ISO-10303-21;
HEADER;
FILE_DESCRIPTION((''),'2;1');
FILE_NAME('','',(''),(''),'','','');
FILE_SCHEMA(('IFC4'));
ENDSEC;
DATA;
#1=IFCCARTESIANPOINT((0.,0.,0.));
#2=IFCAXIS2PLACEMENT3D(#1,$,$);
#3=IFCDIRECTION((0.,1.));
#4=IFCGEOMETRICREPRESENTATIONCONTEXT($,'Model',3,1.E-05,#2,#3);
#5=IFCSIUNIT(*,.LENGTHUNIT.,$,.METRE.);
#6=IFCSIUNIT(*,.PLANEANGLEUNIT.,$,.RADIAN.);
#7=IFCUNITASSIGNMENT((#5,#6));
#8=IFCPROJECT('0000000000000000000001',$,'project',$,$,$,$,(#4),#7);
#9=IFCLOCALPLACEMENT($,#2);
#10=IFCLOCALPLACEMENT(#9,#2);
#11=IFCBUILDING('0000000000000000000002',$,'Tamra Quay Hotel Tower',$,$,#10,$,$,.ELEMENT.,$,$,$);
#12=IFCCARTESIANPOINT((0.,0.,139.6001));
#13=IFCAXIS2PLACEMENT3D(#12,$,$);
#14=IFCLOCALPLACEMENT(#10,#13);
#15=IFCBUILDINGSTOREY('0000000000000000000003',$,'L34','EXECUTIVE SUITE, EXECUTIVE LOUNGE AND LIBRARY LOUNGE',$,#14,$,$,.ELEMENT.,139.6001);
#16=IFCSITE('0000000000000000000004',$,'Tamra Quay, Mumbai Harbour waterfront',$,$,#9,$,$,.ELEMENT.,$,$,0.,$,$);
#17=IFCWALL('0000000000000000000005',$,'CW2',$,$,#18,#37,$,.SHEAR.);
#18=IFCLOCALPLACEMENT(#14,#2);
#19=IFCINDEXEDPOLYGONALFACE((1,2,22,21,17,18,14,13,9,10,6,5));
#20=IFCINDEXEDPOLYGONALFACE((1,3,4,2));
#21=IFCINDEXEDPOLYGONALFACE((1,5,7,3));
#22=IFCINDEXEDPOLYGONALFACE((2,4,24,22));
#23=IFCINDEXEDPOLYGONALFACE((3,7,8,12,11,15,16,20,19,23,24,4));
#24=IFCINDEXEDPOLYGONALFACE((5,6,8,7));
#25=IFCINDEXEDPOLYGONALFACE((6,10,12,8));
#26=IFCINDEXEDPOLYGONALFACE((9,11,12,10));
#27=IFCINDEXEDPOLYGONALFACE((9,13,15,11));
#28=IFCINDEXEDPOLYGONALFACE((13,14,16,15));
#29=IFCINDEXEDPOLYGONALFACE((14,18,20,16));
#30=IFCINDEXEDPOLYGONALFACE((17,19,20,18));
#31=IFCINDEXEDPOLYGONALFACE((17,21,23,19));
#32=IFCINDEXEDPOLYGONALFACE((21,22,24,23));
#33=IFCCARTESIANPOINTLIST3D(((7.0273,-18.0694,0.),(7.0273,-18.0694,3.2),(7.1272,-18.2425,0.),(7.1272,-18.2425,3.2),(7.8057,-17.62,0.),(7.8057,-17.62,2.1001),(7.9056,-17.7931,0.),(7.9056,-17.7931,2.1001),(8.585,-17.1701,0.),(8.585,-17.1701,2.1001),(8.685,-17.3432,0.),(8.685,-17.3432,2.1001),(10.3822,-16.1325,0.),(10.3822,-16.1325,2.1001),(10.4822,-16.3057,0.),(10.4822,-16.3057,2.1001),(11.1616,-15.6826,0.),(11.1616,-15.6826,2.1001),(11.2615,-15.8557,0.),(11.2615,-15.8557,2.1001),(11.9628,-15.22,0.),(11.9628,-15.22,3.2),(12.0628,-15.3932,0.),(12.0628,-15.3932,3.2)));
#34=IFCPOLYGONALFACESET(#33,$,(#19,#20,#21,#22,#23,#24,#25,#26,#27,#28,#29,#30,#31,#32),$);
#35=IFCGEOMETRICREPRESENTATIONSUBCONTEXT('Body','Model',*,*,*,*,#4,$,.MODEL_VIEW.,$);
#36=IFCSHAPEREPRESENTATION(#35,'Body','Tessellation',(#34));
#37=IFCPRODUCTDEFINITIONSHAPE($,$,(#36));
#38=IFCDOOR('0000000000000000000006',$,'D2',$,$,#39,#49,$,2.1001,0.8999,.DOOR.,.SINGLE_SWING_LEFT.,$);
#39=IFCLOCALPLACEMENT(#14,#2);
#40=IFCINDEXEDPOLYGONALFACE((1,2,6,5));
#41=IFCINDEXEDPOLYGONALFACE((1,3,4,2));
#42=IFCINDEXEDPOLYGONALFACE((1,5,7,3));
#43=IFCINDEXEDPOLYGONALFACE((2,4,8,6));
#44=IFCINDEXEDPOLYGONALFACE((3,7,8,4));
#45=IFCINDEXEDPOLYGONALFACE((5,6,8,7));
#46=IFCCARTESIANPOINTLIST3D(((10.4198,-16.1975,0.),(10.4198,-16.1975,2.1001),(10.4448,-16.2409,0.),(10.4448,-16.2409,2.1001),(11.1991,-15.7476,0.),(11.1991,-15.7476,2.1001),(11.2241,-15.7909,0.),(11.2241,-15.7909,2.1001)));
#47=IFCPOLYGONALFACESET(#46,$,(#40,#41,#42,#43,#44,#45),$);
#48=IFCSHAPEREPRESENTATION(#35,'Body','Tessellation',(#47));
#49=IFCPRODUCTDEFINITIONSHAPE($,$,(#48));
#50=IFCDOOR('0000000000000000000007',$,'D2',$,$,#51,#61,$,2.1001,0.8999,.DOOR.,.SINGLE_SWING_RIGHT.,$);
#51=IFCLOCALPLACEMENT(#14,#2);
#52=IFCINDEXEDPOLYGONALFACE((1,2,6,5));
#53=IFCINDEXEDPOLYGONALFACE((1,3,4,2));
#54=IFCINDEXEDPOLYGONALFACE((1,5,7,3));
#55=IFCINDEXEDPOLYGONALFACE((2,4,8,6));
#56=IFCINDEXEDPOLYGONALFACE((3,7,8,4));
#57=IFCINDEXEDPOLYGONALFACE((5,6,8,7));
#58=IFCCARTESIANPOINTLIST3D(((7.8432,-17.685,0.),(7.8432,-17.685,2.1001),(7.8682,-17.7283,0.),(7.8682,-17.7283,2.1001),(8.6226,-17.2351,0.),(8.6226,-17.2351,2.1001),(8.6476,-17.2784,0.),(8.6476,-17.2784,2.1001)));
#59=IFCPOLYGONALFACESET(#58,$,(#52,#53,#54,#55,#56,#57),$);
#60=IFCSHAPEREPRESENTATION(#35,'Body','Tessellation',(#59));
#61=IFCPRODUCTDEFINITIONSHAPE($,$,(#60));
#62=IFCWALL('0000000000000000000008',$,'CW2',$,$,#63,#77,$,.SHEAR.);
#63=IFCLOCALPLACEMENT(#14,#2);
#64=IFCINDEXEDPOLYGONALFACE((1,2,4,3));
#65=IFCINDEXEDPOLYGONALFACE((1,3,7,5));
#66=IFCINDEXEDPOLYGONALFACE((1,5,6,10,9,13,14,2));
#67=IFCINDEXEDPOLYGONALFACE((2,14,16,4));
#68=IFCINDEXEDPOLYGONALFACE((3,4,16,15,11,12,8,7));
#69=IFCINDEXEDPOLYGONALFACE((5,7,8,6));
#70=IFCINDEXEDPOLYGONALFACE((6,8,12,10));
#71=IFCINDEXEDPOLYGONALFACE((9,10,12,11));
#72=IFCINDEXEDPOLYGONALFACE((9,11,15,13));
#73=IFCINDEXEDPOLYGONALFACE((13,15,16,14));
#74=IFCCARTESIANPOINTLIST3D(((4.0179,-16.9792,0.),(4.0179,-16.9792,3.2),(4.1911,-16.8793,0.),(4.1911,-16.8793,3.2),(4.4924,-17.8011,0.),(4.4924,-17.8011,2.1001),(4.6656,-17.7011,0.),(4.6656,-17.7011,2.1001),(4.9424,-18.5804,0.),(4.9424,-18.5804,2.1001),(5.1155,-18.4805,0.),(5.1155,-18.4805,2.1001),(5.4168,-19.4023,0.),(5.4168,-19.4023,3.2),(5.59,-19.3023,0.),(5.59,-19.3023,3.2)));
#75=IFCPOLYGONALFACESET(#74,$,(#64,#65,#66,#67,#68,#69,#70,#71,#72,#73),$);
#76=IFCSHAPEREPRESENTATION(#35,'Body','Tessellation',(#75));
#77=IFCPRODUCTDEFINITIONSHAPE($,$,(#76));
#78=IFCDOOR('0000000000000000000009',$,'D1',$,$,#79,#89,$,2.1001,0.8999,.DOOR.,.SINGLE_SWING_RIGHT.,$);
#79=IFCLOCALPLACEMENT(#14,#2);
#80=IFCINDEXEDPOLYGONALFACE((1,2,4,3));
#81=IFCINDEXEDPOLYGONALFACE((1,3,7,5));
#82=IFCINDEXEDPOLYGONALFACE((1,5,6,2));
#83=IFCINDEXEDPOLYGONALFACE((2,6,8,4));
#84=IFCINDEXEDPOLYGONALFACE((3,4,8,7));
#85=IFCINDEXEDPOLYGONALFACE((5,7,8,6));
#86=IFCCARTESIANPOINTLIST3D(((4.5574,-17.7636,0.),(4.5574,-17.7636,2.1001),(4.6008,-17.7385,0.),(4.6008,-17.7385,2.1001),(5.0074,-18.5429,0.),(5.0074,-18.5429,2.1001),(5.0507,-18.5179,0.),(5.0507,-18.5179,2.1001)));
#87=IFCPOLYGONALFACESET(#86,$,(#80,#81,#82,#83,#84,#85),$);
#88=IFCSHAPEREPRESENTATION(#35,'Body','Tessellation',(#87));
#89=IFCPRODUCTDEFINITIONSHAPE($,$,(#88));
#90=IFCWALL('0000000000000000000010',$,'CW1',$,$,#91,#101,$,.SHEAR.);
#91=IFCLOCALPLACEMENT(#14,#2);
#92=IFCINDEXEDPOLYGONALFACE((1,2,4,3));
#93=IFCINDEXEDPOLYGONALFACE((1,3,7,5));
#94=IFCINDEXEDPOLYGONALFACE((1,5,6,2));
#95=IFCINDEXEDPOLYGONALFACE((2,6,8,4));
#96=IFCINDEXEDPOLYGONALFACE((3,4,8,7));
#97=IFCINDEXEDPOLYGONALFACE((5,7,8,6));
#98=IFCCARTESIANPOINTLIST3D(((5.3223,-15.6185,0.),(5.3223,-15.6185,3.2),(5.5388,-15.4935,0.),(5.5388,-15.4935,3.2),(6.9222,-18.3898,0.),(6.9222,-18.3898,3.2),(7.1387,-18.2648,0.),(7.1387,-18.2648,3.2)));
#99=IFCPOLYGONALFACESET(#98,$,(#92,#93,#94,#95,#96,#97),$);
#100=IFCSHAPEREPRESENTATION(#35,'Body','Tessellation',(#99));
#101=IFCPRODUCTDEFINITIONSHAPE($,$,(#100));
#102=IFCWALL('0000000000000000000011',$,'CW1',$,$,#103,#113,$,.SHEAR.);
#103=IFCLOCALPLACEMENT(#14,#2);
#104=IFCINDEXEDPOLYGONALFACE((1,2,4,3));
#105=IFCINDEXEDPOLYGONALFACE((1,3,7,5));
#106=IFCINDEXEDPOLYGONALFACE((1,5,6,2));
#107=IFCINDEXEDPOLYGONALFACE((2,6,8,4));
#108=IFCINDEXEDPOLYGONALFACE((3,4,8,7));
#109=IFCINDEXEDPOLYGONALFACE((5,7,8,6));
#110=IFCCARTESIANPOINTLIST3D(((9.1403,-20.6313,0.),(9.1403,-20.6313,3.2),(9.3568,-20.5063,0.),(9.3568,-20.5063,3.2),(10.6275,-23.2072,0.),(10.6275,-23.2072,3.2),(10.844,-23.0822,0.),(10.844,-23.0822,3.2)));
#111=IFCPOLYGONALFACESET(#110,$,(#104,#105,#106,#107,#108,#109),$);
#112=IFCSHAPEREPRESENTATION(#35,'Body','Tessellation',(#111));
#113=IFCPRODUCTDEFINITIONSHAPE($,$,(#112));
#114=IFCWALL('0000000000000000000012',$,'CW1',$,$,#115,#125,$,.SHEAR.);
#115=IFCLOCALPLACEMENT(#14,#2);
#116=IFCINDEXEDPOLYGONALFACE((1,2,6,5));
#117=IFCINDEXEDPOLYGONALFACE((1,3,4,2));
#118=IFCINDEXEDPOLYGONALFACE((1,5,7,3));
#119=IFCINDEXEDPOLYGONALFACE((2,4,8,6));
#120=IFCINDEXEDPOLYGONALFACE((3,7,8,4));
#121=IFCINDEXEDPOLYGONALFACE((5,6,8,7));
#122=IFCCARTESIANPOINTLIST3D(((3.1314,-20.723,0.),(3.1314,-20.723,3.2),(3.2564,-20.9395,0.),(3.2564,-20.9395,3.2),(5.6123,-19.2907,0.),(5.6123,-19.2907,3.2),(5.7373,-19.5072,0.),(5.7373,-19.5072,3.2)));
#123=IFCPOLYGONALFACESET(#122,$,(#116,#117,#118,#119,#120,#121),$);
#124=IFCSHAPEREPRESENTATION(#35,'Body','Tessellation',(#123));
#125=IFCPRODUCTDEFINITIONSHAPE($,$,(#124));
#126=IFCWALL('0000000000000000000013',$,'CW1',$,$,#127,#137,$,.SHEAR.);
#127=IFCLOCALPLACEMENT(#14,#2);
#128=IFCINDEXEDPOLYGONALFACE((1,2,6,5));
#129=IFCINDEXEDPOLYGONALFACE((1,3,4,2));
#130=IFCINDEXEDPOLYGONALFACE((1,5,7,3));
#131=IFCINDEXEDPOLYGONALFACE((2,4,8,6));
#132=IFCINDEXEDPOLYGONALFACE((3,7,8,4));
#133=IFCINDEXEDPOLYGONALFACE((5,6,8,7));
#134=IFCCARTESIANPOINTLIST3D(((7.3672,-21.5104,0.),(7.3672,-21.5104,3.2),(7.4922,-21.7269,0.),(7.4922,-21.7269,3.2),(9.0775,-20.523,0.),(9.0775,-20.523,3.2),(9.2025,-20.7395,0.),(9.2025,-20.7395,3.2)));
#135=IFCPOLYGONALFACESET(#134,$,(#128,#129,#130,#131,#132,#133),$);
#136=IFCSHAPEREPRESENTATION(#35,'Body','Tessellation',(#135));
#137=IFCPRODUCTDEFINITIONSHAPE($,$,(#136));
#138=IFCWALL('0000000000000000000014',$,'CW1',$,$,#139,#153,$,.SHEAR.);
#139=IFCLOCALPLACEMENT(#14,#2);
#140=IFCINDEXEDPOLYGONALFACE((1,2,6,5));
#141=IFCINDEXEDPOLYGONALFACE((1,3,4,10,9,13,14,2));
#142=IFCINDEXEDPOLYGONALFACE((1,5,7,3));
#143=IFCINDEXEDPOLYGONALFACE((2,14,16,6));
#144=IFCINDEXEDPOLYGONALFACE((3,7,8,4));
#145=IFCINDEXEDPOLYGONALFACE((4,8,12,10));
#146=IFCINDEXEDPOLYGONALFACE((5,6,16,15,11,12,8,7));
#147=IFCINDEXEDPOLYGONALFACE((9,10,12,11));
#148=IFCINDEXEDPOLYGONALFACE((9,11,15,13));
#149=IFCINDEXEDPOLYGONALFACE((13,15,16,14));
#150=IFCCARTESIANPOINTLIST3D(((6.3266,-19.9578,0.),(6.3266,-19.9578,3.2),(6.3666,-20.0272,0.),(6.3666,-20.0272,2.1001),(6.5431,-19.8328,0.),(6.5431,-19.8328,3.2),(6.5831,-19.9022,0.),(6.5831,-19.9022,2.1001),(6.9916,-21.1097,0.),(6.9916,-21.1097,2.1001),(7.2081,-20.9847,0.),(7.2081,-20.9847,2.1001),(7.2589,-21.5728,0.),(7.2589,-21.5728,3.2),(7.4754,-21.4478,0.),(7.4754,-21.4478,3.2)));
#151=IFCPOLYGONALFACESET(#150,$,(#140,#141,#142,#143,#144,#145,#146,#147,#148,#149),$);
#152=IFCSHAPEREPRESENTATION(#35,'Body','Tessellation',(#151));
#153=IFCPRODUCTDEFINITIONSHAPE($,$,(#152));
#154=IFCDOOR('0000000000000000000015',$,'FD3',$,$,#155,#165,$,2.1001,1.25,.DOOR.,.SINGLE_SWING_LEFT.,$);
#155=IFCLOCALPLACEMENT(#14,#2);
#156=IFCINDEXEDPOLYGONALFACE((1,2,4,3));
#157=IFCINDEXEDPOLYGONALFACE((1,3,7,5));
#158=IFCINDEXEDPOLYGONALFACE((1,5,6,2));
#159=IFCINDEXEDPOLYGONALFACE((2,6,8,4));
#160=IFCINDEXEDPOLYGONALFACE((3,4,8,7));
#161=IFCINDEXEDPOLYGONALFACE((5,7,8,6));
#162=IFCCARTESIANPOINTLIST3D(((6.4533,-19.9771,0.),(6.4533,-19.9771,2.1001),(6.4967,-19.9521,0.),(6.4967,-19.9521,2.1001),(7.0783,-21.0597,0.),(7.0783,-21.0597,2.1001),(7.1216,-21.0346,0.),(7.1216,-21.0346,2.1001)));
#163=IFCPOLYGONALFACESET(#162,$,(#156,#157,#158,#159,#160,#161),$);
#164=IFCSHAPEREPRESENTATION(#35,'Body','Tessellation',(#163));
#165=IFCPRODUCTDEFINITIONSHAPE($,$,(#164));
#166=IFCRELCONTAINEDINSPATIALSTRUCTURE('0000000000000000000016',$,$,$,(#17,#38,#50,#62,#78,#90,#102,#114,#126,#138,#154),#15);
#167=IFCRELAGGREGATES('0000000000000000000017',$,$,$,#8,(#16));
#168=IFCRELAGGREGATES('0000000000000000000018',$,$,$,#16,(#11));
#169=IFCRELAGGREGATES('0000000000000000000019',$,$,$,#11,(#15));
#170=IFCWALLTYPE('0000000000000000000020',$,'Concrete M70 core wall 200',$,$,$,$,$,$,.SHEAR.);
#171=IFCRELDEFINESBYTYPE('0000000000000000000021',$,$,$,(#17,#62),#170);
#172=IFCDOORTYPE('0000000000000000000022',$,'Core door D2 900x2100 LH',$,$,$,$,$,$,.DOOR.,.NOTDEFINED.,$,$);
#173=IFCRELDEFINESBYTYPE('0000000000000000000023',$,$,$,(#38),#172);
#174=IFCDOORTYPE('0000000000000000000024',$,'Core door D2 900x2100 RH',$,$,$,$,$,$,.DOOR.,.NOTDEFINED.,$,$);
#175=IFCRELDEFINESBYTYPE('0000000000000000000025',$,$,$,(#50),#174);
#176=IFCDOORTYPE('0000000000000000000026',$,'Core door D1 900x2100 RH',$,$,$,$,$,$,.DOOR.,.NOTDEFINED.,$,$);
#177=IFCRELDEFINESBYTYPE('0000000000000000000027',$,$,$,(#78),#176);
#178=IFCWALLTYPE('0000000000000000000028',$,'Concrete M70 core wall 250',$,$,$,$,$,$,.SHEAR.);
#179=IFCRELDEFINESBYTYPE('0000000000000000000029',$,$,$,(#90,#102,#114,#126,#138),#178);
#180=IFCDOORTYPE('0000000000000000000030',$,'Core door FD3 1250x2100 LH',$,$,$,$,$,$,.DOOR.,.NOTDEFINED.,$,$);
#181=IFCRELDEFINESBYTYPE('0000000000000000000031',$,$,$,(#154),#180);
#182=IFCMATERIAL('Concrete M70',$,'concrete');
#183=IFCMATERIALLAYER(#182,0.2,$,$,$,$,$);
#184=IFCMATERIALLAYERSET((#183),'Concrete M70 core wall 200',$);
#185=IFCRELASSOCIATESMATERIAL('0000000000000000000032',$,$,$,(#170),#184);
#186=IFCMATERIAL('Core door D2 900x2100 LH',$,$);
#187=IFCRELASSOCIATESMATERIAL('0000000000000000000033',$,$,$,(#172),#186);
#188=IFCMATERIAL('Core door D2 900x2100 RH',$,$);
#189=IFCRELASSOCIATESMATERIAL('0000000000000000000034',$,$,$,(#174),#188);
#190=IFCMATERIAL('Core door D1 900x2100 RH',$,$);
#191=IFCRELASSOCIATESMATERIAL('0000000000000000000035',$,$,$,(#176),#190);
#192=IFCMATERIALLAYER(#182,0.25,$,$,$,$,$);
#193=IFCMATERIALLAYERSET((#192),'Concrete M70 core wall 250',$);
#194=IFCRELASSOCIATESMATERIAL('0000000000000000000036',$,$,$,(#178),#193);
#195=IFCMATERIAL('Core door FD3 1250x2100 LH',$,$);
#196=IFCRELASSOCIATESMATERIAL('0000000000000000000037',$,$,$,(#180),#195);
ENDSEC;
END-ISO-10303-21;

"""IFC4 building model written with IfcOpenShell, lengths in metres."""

from ifc_helpers import new_model, si_unit, direction, frame, frame_2d, origin, place, context, subcontext, project, spatial, rectangle, extrude, material, layer, layer_set, type_object, element, fill, save


model = new_model("IFC4")

# Units and contexts
model_context = context("Model", 3, precision=1e-05, world=origin(), true_north=direction((0.0, 1.0)))
body_context = subcontext(model_context, "Body", "Model", "MODEL_VIEW")
ifc_project = project(units=[si_unit("LENGTHUNIT", "METRE"), si_unit("PLANEANGLEUNIT", "RADIAN")], contexts=[model_context])

# Site, building, storey
site_placement = place(None, origin())
site = spatial("IfcSite", under=ifc_project, at=site_placement, Name="Tamra Quay, Mumbai Harbour waterfront", CompositionType="ELEMENT", RefElevation=0.0)
building_placement = place(site_placement, origin())
building = spatial("IfcBuilding", under=site, at=building_placement, Name="Tamra Quay Hotel Tower", CompositionType="ELEMENT")
storey_placement = place(building_placement, frame((0.0, 0.0, 139.6001)))
storey = spatial("IfcBuildingStorey", under=building, at=storey_placement, Name="L34", Description="EXECUTIVE SUITE, EXECUTIVE LOUNGE AND LIBRARY LOUNGE", CompositionType="ELEMENT", Elevation=139.6001)

# Shared definitions
ifc_material_1 = material(Name="Concrete M70", Category="concrete")

# Wall, openings, doors
ifc_layer_1 = layer(ifc_material_1, 0.2)
ifc_layer_set_1 = layer_set([ifc_layer_1], Name="Concrete M70 core wall 200")
wall_type_1 = type_object("IfcWallType", Name="Concrete M70 core wall 200", PredefinedType="SHEAR", material=ifc_layer_set_1)
wall_1_placement = place(storey_placement, frame((7.0771, -18.156, 0.0), z_axis=(0.0, 0.0, 1.0), x_axis=(0.866039, 0.499977, 0.0)))
wall_1 = element("IfcWall", 1, at=wall_1_placement, inside=storey, type_object=wall_type_1, Name="CW2", PredefinedType="SHEAR", context=body_context, shape_type="SweptSolid", body=[
    extrude(rectangle(XDim=5.699, YDim=0.2, at=frame_2d((2.8496, 0.0))), origin(), (0.0, 0.0, 1.0), 3.2),
])
opening_1_placement = place(wall_1_placement, frame((0.8989, 0.0, 0.0)))
opening_1 = element("IfcOpeningElement", 2, at=opening_1_placement, cuts=wall_1, PredefinedType="OPENING", context=body_context, shape_type="SweptSolid", body=[
    extrude(rectangle(XDim=0.8999, YDim=2.1001, at=frame_2d((0.45, 1.05))), frame((0.0, 0.1099, 0.0), z_axis=(0.0, -1.0, 0.0), x_axis=(1.0, 0.0, 0.0)), (0.0, 0.0, 1.0), 0.22),
])
opening_2_placement = place(wall_1_placement, frame((3.874, 0.0, 0.0)))
opening_2 = element("IfcOpeningElement", 3, at=opening_2_placement, cuts=wall_1, PredefinedType="OPENING", context=body_context, shape_type="SweptSolid", body=[
    extrude(rectangle(XDim=0.8999, YDim=2.1001, at=frame_2d((0.45, 1.05))), frame((0.0, 0.1099, 0.0), z_axis=(0.0, -1.0, 0.0), x_axis=(1.0, 0.0, 0.0)), (0.0, 0.0, 1.0), 0.22),
])
ifc_material_2 = material(Name="Core door D2 900x2100 LH")
door_type_1 = type_object("IfcDoorType", Name="Core door D2 900x2100 LH", OperationType="NOTDEFINED", PredefinedType="DOOR", material=ifc_material_2)
door_1_placement = place(opening_2_placement, origin())
door_1 = element("IfcDoor", 4, at=door_1_placement, inside=storey, type_object=door_type_1, Name="D2", OperationType="SINGLE_SWING_LEFT", OverallHeight=2.1001, OverallWidth=0.8999, PredefinedType="DOOR", context=body_context, shape_type="SweptSolid", body=[
    extrude(rectangle(XDim=0.8999, YDim=2.1001, at=frame_2d((0.45, 1.05))), frame((0.0, 0.0249, 0.0), z_axis=(0.0, -1.0, 0.0), x_axis=(1.0, 0.0, 0.0)), (0.0, 0.0, 1.0), 0.05),
])
fill(opening_2, door_1)
ifc_material_3 = material(Name="Core door D2 900x2100 RH")
door_type_2 = type_object("IfcDoorType", Name="Core door D2 900x2100 RH", OperationType="NOTDEFINED", PredefinedType="DOOR", material=ifc_material_3)
door_2_placement = place(opening_1_placement, origin())
door_2 = element("IfcDoor", 5, at=door_2_placement, inside=storey, type_object=door_type_2, Name="D2", OperationType="SINGLE_SWING_RIGHT", OverallHeight=2.1001, OverallWidth=0.8999, PredefinedType="DOOR", context=body_context, shape_type="SweptSolid", body=[
    extrude(rectangle(XDim=0.8999, YDim=2.1001, at=frame_2d((0.45, 1.05))), frame((0.0, 0.0249, 0.0), z_axis=(0.0, -1.0, 0.0), x_axis=(1.0, 0.0, 0.0)), (0.0, 0.0, 1.0), 0.05),
])
fill(opening_1, door_2)

# Wall, opening, door
wall_2_placement = place(storey_placement, frame((5.5034, -19.3523, 0.0), z_axis=(0.0, 0.0, 1.0), x_axis=(-0.499987, 0.866033, 0.0)))
wall_2 = element("IfcWall", 6, at=wall_2_placement, inside=storey, type_object=wall_type_1, Name="CW2", PredefinedType="SHEAR", context=body_context, shape_type="SweptSolid", body=[
    extrude(rectangle(XDim=2.7979, YDim=0.2, at=frame_2d((1.3989, 0.0))), origin(), (0.0, 0.0, 1.0), 3.2),
])
opening_3_placement = place(wall_2_placement, frame((0.949, 0.0, 0.0)))
opening_3 = element("IfcOpeningElement", 7, at=opening_3_placement, cuts=wall_2, PredefinedType="OPENING", context=body_context, shape_type="SweptSolid", body=[
    extrude(rectangle(XDim=0.8999, YDim=2.1001, at=frame_2d((0.45, 1.05))), frame((0.0, 0.1099, 0.0), z_axis=(0.0, -1.0, 0.0), x_axis=(1.0, 0.0, 0.0)), (0.0, 0.0, 1.0), 0.22),
])
ifc_material_4 = material(Name="Core door D1 900x2100 RH")
door_type_3 = type_object("IfcDoorType", Name="Core door D1 900x2100 RH", OperationType="NOTDEFINED", PredefinedType="DOOR", material=ifc_material_4)
door_3_placement = place(opening_3_placement, origin())
door_3 = element("IfcDoor", 8, at=door_3_placement, inside=storey, type_object=door_type_3, Name="D1", OperationType="SINGLE_SWING_RIGHT", OverallHeight=2.1001, OverallWidth=0.8999, PredefinedType="DOOR", context=body_context, shape_type="SweptSolid", body=[
    extrude(rectangle(XDim=0.8999, YDim=2.1001, at=frame_2d((0.45, 1.05))), frame((0.0, 0.0249, 0.0), z_axis=(0.0, -1.0, 0.0), x_axis=(1.0, 0.0, 0.0)), (0.0, 0.0, 1.0), 0.05),
])
fill(opening_3, door_3)

# Walls
ifc_layer_2 = layer(ifc_material_1, 0.25)
ifc_layer_set_2 = layer_set([ifc_layer_2], Name="Concrete M70 core wall 250")
wall_type_2 = type_object("IfcWallType", Name="Concrete M70 core wall 250", PredefinedType="SHEAR", material=ifc_layer_set_2)
wall_3_placement = place(storey_placement, frame((7.0305, -18.3274, 0.0), z_axis=(0.0, 0.0, 1.0), x_axis=(-0.499971, 0.866042, 0.0)))
element("IfcWall", 9, at=wall_3_placement, inside=storey, type_object=wall_type_2, Name="CW1", PredefinedType="SHEAR", context=body_context, shape_type="SweptSolid", body=[
    extrude(rectangle(XDim=3.2, YDim=0.25, at=frame_2d((1.6001, 0.0))), origin(), (0.0, 0.0, 1.0), 3.2),
])
wall_4_placement = place(storey_placement, frame((10.7358, -23.1448, 0.0), z_axis=(0.0, 0.0, 1.0), x_axis=(-0.500023, 0.866012, 0.0)))
element("IfcWall", 10, at=wall_4_placement, inside=storey, type_object=wall_type_2, Name="CW1", PredefinedType="SHEAR", context=body_context, shape_type="SweptSolid", body=[
    extrude(rectangle(XDim=2.9744, YDim=0.25, at=frame_2d((1.4873, 0.0))), origin(), (0.0, 0.0, 1.0), 3.2),
])
wall_5_placement = place(storey_placement, frame((5.6748, -19.3989, 0.0), z_axis=(0.0, 0.0, 1.0), x_axis=(-0.866027, -0.499998, 0.0)))
element("IfcWall", 11, at=wall_5_placement, inside=storey, type_object=wall_type_2, Name="CW1", PredefinedType="SHEAR", context=body_context, shape_type="SweptSolid", body=[
    extrude(rectangle(XDim=2.8647, YDim=0.25, at=frame_2d((1.4324, 0.0))), origin(), (0.0, 0.0, 1.0), 3.2),
])
wall_6_placement = place(storey_placement, frame((9.1399, -20.6313, 0.0), z_axis=(0.0, 0.0, 1.0), x_axis=(-0.866044, -0.499969, 0.0)))
element("IfcWall", 12, at=wall_6_placement, inside=storey, type_object=wall_type_2, Name="CW1", PredefinedType="SHEAR", context=body_context, shape_type="SweptSolid", body=[
    extrude(rectangle(XDim=1.9749, YDim=0.25, at=frame_2d((0.9873, 0.0))), origin(), (0.0, 0.0, 1.0), 3.2),
])

# Wall, opening, door
wall_7_placement = place(storey_placement, frame((7.3672, -21.5103, 0.0), z_axis=(0.0, 0.0, 1.0), x_axis=(-0.499983, 0.866035, 0.0)))
wall_7 = element("IfcWall", 13, at=wall_7_placement, inside=storey, type_object=wall_type_2, Name="CW1", PredefinedType="SHEAR", context=body_context, shape_type="SweptSolid", body=[
    extrude(rectangle(XDim=1.8647, YDim=0.25, at=frame_2d((0.9324, 0.0))), origin(), (0.0, 0.0, 1.0), 3.2),
])
opening_4_placement = place(wall_7_placement, frame((0.5347, 0.0, 0.0)))
opening_4 = element("IfcOpeningElement", 14, at=opening_4_placement, cuts=wall_7, PredefinedType="OPENING", context=body_context, shape_type="SweptSolid", body=[
    extrude(rectangle(XDim=1.25, YDim=2.1001, at=frame_2d((0.625, 1.05))), frame((0.0, 0.135, 0.0), z_axis=(0.0, -1.0, 0.0), x_axis=(1.0, 0.0, 0.0)), (0.0, 0.0, 1.0), 0.27),
])
ifc_material_5 = material(Name="Core door FD3 1250x2100 LH")
door_type_4 = type_object("IfcDoorType", Name="Core door FD3 1250x2100 LH", OperationType="NOTDEFINED", PredefinedType="DOOR", material=ifc_material_5)
door_4_placement = place(opening_4_placement, origin())
door_4 = element("IfcDoor", 15, at=door_4_placement, inside=storey, type_object=door_type_4, Name="FD3", OperationType="SINGLE_SWING_LEFT", OverallHeight=2.1001, OverallWidth=1.25, PredefinedType="DOOR", context=body_context, shape_type="SweptSolid", body=[
    extrude(rectangle(XDim=1.25, YDim=2.1001, at=frame_2d((0.625, 1.05))), frame((0.0, 0.0249, 0.0), z_axis=(0.0, -1.0, 0.0), x_axis=(1.0, 0.0, 0.0)), (0.0, 0.0, 1.0), 0.05),
])
fill(opening_4, door_4)

save(model, "model.ifc")
